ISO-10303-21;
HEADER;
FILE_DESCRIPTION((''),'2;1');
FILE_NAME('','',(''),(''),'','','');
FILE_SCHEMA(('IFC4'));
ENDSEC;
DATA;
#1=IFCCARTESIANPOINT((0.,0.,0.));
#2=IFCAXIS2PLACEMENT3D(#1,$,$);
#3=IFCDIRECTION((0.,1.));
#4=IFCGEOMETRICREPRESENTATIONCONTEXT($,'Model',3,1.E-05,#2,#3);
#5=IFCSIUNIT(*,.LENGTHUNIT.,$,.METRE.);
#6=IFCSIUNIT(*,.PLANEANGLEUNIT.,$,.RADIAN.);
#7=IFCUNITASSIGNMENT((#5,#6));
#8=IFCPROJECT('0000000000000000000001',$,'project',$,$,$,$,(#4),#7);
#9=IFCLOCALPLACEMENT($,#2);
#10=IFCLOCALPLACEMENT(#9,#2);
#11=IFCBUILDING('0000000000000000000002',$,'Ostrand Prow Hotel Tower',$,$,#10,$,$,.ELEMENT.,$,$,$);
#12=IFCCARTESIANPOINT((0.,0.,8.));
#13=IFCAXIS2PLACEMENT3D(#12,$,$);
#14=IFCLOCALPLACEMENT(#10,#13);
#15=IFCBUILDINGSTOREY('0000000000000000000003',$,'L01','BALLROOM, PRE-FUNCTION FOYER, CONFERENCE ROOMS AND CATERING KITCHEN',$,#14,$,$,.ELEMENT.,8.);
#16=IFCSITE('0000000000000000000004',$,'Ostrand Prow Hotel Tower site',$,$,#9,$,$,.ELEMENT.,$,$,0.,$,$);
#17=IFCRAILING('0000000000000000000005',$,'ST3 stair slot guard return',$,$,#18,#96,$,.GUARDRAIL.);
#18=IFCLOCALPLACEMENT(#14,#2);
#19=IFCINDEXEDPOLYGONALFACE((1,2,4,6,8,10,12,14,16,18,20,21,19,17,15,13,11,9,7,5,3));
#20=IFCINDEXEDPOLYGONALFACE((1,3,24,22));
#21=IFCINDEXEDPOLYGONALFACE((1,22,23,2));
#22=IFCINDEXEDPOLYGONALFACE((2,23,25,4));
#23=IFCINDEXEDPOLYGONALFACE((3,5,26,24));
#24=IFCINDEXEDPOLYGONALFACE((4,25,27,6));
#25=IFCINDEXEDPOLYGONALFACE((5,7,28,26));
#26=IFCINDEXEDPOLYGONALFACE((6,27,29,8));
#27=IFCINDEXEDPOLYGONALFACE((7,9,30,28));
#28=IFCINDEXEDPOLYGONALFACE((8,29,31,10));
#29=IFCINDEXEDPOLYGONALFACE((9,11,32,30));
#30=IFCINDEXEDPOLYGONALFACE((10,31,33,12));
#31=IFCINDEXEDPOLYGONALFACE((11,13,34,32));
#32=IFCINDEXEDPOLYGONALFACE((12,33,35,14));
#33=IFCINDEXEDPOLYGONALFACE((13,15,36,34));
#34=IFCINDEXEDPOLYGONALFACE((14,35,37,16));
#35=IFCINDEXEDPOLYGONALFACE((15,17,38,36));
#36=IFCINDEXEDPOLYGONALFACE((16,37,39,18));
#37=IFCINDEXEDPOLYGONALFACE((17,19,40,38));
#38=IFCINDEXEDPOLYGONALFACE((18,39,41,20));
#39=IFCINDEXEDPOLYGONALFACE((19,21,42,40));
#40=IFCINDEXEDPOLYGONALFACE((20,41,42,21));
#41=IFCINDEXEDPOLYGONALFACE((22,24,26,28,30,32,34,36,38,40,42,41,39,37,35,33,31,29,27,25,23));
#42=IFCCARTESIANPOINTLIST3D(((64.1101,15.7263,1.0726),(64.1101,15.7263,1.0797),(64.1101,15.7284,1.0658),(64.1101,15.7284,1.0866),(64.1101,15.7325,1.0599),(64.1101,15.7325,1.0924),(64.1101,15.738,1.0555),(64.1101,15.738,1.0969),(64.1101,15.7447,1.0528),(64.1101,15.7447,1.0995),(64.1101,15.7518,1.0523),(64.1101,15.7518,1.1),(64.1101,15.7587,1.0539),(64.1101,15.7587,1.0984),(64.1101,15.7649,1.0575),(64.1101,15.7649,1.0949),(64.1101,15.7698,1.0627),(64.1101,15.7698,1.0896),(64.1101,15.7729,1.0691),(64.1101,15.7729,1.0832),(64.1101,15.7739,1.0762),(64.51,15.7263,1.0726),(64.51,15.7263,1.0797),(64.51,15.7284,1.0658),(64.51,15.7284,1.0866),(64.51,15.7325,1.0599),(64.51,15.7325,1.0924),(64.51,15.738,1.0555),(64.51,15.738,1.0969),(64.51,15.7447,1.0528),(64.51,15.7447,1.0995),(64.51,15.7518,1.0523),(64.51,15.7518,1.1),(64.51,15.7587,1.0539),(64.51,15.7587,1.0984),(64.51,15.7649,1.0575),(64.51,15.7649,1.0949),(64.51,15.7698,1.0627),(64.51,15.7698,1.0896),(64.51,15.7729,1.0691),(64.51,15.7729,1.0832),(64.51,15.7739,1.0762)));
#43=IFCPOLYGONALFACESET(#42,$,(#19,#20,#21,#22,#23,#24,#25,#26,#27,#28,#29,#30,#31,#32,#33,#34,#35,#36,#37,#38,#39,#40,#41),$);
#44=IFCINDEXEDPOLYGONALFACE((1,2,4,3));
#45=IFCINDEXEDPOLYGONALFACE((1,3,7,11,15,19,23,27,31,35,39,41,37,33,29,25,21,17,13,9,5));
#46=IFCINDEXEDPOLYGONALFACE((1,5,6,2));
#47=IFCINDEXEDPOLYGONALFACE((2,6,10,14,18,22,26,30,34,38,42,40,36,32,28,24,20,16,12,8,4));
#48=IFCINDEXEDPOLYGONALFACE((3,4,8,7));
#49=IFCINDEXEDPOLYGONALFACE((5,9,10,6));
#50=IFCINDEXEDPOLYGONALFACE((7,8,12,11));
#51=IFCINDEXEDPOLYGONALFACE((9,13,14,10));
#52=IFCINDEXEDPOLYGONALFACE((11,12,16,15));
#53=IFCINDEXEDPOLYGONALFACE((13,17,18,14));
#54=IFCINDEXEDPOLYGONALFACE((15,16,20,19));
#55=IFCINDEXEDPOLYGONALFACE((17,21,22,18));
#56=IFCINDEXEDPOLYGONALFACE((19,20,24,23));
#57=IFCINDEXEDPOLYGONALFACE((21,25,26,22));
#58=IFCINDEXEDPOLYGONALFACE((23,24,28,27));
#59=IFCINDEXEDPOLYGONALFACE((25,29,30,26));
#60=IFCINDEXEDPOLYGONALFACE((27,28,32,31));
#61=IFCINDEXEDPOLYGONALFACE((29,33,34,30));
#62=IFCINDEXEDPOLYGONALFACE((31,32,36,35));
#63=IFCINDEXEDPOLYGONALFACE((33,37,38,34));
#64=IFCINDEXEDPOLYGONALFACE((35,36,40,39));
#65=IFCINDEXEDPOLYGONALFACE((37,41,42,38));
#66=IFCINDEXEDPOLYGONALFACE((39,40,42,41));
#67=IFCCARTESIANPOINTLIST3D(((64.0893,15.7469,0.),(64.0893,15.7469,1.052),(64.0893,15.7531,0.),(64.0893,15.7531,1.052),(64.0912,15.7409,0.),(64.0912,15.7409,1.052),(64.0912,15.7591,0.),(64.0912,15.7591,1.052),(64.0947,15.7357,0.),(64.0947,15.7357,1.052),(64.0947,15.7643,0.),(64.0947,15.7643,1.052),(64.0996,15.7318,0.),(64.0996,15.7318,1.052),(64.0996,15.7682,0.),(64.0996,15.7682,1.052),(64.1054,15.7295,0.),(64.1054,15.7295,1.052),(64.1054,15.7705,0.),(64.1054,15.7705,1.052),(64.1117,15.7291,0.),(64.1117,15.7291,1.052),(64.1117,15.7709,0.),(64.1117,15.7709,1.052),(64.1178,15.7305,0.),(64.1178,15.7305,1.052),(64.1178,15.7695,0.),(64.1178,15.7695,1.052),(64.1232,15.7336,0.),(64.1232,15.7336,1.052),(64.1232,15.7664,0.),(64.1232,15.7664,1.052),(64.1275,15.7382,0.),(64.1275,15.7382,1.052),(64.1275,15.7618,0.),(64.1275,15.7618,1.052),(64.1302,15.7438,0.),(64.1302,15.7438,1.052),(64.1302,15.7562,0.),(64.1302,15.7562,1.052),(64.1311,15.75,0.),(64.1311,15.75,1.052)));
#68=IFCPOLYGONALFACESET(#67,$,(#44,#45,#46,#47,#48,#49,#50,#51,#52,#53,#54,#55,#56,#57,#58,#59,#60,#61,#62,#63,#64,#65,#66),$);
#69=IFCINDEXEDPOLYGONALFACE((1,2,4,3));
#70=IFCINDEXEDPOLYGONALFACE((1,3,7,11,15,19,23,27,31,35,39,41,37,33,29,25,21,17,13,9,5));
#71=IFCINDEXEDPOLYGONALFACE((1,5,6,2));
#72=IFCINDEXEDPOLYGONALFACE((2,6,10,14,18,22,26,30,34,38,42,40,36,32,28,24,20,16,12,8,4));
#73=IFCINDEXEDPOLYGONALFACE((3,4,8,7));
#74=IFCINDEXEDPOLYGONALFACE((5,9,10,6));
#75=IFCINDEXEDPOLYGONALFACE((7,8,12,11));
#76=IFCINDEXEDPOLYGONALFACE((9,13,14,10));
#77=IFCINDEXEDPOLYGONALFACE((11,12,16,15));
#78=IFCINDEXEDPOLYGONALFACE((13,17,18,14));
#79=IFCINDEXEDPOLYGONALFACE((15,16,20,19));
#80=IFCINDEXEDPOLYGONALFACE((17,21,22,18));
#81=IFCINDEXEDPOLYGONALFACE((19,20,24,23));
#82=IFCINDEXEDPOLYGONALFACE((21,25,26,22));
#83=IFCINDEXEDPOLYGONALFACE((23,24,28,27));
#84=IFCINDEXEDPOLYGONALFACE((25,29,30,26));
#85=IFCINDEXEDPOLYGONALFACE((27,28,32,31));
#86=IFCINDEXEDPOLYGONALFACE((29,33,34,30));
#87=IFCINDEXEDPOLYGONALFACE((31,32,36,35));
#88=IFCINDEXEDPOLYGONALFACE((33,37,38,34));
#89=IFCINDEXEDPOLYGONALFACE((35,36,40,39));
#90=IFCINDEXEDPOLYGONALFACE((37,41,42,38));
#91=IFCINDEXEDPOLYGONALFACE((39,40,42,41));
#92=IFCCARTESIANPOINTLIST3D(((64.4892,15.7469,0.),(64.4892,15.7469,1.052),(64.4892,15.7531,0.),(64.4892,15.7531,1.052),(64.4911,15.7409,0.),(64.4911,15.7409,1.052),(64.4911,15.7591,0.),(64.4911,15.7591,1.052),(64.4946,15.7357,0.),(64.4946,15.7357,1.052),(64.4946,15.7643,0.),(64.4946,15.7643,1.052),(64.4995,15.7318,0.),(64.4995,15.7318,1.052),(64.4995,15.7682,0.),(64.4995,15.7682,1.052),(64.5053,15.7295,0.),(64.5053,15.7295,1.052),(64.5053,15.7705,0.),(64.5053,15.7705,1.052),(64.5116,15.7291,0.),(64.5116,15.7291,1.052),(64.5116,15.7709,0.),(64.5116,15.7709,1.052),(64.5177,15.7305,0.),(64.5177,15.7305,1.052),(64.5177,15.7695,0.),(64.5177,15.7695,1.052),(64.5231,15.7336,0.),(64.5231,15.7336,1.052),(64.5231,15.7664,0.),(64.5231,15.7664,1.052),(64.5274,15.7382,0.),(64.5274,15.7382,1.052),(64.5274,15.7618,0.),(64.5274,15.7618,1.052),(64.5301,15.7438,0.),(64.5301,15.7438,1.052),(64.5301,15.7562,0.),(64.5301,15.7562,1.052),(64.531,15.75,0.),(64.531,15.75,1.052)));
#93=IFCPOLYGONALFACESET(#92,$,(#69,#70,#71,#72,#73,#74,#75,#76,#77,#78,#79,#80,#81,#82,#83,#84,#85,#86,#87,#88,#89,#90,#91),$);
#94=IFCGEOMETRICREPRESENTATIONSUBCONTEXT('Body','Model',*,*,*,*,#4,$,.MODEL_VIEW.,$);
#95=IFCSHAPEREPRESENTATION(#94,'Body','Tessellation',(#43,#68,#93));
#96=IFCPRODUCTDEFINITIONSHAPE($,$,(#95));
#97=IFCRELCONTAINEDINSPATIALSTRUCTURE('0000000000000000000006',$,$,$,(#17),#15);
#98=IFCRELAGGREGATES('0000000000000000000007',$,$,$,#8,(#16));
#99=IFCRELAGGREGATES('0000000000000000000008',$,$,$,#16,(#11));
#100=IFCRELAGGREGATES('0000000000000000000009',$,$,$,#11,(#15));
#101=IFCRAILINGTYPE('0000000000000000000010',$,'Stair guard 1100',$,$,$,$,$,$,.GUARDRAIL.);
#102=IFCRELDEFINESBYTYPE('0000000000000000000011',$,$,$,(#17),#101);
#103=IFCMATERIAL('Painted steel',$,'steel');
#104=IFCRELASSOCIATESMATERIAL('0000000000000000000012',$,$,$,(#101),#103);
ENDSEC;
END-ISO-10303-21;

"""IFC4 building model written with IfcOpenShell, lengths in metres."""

from ifc_helpers import new_model, si_unit, direction, frame, origin, origin_2d, place, context, subcontext, project, spatial, circle, extrude, material, type_object, element, save


model = new_model("IFC4")

# Units and contexts
model_context = context("Model", 3, precision=1e-05, world=origin(), true_north=direction((0.0, 1.0)))
body_context = subcontext(model_context, "Body", "Model", "MODEL_VIEW")
ifc_project = project(units=[si_unit("LENGTHUNIT", "METRE"), si_unit("PLANEANGLEUNIT", "RADIAN")], contexts=[model_context])

# Site, building, storey
site_placement = place(None, origin())
site = spatial("IfcSite", under=ifc_project, at=site_placement, Name="Ostrand Prow Hotel Tower site", CompositionType="ELEMENT", RefElevation=0.0)
building_placement = place(site_placement, origin())
building = spatial("IfcBuilding", under=site, at=building_placement, Name="Ostrand Prow Hotel Tower", CompositionType="ELEMENT")
storey_placement = place(building_placement, frame((0.0, 0.0, 8.0)))
storey = spatial("IfcBuildingStorey", under=building, at=storey_placement, Name="L01", Description="BALLROOM, PRE-FUNCTION FOYER, CONFERENCE ROOMS AND CATERING KITCHEN", CompositionType="ELEMENT", Elevation=8.0)

# Railing
ifc_material_1 = material(Name="Painted steel", Category="steel")
railing_type_1 = type_object("IfcRailingType", Name="Stair guard 1100", PredefinedType="GUARDRAIL", material=ifc_material_1)
railing_1_placement = place(storey_placement, frame((64.1101, 15.75, 0.0)))
element("IfcRailing", 1, at=railing_1_placement, inside=storey, type_object=railing_type_1, Name="ST3 stair slot guard return", PredefinedType="GUARDRAIL", context=body_context, shape_type="SweptSolid", body=[
    extrude(circle(Radius=0.0239, at=origin_2d()), frame((0.0, 0.0, 1.0762), z_axis=(1.0, 0.0, 0.0), x_axis=(0.0, 1.0, 0.0)), (0.0, 0.0, 1.0), 0.3999),
    extrude(circle(Radius=0.021, at=origin_2d()), origin(), (0.0, 0.0, 1.0), 1.052),
    extrude(circle(Radius=0.021, at=origin_2d()), frame((0.3999, 0.0, 0.0)), (0.0, 0.0, 1.0), 1.052),
])

save(model, "model.ifc")
